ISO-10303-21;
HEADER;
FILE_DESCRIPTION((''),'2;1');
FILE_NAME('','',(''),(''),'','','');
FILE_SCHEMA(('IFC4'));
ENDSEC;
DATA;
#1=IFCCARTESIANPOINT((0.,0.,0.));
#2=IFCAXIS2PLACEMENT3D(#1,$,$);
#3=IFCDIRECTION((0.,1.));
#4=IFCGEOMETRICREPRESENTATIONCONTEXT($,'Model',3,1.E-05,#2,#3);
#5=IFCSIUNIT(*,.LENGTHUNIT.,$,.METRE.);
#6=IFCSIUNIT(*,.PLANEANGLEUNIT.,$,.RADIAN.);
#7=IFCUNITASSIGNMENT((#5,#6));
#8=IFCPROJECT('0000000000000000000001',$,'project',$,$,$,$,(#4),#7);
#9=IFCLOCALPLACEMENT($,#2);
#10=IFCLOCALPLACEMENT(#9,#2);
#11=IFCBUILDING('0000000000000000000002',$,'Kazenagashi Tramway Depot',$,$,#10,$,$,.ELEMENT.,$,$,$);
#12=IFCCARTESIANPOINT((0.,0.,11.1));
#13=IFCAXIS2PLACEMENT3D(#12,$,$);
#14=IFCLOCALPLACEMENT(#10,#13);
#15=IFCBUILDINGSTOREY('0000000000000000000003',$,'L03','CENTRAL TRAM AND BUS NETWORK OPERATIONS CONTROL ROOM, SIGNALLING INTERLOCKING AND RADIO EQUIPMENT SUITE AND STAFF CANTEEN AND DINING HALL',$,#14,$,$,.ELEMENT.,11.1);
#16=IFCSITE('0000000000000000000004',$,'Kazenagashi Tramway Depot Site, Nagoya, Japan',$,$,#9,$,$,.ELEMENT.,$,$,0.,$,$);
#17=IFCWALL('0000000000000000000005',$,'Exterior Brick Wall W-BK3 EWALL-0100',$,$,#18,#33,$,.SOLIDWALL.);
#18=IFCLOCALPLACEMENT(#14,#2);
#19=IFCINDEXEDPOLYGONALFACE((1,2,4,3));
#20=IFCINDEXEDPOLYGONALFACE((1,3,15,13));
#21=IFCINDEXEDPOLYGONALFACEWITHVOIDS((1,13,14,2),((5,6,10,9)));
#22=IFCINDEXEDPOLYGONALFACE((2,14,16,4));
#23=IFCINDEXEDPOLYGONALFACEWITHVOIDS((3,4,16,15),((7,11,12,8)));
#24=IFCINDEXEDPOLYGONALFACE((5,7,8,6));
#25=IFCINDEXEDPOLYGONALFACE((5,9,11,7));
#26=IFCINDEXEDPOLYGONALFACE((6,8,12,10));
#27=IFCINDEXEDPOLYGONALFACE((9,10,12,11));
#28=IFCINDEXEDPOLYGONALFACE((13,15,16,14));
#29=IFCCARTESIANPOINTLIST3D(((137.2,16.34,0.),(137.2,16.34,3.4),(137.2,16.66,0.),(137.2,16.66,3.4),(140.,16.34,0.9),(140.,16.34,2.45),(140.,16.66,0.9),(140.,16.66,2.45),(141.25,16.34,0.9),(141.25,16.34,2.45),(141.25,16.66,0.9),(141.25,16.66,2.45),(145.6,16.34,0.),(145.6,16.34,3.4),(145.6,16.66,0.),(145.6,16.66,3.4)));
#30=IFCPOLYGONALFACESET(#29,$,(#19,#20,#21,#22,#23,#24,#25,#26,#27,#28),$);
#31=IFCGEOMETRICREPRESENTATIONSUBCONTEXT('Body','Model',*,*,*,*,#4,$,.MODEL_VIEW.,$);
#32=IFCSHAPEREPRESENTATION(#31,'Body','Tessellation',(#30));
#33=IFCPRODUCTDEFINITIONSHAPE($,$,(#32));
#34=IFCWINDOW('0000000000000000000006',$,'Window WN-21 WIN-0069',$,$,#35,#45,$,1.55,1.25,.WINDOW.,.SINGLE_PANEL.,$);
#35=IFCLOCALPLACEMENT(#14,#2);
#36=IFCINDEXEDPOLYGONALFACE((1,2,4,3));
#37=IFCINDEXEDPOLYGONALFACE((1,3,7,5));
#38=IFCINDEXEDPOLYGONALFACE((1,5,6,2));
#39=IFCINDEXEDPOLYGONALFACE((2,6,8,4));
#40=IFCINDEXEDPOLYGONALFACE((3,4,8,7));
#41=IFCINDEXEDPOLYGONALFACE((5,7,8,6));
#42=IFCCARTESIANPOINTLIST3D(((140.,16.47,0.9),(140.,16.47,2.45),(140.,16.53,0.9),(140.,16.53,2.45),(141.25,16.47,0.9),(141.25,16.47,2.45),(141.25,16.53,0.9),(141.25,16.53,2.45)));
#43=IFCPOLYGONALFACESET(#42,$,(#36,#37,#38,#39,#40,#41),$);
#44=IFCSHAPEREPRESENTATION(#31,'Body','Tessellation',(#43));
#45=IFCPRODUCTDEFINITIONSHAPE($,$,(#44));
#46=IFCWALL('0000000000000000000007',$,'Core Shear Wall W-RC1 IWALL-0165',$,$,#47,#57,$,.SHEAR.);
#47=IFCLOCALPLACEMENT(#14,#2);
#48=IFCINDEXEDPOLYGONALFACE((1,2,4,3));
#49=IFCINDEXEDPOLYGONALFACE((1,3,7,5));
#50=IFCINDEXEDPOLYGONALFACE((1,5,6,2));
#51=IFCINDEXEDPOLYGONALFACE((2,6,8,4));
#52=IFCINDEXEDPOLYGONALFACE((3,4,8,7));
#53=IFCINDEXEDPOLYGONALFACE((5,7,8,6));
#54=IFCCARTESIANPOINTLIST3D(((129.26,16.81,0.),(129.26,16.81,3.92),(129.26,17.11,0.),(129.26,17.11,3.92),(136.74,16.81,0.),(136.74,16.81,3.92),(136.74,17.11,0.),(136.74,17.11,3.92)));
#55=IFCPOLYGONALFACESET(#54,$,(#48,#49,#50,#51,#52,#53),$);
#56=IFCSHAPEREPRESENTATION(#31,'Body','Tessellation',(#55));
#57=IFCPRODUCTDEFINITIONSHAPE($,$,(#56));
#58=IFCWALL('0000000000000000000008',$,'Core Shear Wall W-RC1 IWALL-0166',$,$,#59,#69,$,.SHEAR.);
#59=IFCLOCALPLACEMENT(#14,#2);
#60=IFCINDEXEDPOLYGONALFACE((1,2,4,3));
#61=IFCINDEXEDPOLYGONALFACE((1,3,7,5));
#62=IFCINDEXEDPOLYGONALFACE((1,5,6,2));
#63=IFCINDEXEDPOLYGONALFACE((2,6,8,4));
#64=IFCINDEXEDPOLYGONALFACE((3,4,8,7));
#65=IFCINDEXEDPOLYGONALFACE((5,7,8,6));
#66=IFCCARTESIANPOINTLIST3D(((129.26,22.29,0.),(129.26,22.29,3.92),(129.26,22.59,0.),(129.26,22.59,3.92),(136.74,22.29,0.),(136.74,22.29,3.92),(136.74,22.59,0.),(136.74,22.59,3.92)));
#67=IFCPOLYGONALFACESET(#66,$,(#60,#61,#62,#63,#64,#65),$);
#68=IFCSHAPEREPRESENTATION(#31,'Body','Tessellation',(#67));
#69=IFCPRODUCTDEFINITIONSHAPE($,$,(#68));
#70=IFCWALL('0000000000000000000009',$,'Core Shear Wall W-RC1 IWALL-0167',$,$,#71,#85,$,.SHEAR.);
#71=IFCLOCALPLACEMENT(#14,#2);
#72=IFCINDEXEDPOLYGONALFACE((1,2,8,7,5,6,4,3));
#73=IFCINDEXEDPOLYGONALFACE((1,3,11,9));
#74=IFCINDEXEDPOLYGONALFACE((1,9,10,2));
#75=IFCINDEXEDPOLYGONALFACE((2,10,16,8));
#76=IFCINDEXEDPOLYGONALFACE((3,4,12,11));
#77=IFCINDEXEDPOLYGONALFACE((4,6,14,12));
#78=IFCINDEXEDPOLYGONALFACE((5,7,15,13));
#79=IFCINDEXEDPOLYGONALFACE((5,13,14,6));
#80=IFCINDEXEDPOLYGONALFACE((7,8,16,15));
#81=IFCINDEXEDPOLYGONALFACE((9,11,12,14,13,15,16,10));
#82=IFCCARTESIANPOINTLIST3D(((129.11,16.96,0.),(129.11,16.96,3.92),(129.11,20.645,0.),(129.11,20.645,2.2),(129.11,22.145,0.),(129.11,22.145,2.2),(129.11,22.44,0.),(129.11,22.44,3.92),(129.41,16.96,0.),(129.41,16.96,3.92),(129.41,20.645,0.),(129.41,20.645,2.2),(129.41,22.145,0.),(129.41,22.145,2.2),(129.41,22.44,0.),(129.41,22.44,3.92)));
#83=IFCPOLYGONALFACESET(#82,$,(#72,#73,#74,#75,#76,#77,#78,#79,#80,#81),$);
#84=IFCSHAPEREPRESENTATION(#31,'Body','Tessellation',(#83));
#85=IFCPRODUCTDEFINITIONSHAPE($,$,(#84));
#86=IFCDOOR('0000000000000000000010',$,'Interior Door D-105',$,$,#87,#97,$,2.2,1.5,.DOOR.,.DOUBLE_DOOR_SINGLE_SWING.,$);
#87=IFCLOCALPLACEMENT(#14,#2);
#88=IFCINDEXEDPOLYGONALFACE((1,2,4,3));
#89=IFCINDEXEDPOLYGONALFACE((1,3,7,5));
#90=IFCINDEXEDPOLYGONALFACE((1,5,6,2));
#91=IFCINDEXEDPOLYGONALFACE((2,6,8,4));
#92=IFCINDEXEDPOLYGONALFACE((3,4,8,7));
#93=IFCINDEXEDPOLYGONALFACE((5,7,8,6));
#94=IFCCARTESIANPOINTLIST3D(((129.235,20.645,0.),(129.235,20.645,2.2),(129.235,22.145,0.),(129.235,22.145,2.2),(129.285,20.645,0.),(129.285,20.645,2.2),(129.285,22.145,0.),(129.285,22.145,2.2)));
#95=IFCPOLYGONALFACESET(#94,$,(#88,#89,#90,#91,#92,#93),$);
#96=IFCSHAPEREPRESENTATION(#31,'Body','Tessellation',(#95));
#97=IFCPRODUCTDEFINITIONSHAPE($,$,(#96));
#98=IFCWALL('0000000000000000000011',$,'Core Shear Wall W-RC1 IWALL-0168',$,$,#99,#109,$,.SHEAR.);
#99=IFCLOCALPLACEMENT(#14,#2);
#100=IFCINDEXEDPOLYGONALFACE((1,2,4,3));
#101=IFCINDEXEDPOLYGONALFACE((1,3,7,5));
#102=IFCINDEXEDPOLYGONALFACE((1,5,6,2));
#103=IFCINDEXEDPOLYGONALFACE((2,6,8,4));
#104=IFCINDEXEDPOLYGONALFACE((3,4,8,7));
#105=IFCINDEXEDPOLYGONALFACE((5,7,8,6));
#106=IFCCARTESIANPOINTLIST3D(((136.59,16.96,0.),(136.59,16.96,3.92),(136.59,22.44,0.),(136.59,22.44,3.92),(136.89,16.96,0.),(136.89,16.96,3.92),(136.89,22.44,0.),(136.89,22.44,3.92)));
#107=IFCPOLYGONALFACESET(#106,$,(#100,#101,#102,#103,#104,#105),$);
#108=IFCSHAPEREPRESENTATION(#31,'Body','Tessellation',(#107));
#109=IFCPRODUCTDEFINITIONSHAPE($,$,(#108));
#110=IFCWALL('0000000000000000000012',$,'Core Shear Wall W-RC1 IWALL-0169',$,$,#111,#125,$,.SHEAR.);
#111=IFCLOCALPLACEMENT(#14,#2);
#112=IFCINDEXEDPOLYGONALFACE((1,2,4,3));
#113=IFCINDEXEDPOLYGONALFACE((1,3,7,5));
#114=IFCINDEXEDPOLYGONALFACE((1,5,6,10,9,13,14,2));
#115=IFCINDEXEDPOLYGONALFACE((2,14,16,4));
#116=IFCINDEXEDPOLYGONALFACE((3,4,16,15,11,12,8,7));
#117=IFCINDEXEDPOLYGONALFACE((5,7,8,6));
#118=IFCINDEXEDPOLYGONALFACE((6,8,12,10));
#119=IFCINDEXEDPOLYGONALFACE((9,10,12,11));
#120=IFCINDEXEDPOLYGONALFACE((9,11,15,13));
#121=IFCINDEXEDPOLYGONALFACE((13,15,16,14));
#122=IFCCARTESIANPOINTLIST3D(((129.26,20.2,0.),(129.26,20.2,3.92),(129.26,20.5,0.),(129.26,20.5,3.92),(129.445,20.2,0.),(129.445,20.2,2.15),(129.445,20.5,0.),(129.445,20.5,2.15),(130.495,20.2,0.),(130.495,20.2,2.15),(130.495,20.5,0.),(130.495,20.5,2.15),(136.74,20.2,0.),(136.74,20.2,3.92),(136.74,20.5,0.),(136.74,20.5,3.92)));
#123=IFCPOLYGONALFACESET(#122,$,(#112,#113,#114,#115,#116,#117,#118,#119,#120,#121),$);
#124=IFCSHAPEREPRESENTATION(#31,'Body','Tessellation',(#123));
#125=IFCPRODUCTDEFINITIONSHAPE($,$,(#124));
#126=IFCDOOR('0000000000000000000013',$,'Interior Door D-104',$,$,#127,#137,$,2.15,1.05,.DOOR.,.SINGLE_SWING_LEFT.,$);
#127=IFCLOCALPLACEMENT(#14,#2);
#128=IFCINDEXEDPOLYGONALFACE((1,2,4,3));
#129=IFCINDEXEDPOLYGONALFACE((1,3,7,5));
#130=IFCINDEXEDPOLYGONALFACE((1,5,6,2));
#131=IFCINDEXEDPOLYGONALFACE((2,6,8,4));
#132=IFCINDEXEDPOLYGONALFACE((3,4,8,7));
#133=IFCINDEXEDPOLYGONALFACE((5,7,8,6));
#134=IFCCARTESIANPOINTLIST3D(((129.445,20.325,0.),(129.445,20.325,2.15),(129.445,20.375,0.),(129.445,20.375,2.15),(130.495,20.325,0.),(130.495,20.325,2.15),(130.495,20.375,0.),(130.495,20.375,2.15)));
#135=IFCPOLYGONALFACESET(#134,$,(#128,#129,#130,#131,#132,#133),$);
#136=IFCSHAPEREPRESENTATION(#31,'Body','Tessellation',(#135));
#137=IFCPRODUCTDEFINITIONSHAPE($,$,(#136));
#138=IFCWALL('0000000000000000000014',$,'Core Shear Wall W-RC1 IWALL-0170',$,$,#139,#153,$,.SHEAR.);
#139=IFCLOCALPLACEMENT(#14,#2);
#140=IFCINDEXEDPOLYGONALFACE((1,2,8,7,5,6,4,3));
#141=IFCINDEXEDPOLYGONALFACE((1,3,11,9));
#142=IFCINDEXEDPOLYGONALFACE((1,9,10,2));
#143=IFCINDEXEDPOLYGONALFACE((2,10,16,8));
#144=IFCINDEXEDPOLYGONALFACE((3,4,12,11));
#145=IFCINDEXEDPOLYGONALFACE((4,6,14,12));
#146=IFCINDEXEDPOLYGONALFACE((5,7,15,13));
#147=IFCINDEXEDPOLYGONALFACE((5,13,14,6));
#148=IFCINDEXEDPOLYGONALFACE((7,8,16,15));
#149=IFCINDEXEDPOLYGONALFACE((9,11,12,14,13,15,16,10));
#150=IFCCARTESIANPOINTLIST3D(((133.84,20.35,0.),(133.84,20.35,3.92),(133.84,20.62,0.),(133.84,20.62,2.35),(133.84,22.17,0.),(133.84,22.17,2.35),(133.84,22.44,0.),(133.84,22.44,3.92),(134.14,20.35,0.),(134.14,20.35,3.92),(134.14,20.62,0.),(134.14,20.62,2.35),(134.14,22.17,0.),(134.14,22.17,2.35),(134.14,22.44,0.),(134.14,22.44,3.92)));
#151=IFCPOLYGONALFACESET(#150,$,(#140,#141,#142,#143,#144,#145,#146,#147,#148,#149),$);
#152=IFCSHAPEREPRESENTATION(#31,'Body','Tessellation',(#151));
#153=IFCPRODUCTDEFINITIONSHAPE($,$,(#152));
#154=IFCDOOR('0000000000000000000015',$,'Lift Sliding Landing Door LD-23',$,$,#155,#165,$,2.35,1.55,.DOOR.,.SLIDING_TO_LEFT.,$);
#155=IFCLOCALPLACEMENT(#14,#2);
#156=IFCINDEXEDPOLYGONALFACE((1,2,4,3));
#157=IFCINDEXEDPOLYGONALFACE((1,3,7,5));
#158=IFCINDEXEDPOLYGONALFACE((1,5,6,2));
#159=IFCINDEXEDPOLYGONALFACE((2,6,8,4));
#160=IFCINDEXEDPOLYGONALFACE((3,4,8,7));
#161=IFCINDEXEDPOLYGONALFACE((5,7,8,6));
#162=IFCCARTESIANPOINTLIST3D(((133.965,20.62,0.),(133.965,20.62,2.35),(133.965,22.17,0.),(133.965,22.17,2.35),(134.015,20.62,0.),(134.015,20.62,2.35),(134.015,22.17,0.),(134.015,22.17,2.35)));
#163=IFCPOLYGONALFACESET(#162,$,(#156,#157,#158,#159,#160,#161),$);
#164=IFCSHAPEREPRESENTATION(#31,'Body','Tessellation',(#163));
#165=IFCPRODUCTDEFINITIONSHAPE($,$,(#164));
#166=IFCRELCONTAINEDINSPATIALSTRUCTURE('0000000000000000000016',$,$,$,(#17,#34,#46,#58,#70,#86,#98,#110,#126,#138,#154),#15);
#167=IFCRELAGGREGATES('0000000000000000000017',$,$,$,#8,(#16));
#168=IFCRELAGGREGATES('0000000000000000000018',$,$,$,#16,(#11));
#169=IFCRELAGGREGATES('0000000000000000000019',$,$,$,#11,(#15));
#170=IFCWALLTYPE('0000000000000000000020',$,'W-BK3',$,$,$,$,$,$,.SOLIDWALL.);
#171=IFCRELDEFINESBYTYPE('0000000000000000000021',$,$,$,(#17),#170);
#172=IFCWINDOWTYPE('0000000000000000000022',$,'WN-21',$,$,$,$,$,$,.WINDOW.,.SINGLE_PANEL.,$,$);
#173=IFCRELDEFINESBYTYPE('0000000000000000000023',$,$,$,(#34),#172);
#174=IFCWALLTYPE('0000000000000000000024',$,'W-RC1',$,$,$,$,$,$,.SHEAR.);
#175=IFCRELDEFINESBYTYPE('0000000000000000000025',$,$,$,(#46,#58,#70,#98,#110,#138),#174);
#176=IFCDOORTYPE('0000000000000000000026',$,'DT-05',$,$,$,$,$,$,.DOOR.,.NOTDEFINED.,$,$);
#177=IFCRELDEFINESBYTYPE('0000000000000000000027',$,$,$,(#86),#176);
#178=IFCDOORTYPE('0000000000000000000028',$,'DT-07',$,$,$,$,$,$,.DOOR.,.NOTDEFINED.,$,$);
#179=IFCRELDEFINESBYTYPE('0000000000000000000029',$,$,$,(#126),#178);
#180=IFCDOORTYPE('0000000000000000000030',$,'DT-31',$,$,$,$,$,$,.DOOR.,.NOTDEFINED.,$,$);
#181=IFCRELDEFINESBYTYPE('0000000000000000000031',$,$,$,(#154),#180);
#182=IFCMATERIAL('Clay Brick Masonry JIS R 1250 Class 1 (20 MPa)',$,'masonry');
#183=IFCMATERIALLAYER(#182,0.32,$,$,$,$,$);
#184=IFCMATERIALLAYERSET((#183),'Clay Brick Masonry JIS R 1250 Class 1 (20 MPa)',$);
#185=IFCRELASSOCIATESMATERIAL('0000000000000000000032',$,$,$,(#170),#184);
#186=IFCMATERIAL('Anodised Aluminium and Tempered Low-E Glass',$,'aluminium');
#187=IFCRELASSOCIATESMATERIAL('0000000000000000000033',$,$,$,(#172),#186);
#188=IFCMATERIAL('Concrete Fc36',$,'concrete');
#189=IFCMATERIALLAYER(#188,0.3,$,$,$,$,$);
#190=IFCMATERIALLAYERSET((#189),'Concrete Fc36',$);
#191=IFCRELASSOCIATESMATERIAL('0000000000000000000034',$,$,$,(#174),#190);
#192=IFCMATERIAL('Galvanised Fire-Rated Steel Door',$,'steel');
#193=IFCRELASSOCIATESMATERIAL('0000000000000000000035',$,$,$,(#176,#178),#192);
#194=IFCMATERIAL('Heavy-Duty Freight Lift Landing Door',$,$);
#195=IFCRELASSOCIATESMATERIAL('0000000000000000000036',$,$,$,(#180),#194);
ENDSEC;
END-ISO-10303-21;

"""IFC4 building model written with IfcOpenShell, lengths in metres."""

from ifc_helpers import new_model, si_unit, direction, frame, frame_2d, origin, place, context, subcontext, project, spatial, rectangle, extrude, material, layer, layer_set, type_object, element, fill, save


model = new_model("IFC4")

# Units and contexts
model_context = context("Model", 3, precision=1e-05, world=origin(), true_north=direction((0.0, 1.0)))
body_context = subcontext(model_context, "Body", "Model", "MODEL_VIEW")
ifc_project = project(units=[si_unit("LENGTHUNIT", "METRE"), si_unit("PLANEANGLEUNIT", "RADIAN")], contexts=[model_context])

# Site, building, storey
site_placement = place(None, origin())
site = spatial("IfcSite", under=ifc_project, at=site_placement, Name="Kazenagashi Tramway Depot Site, Nagoya, Japan", CompositionType="ELEMENT", RefElevation=0.0)
building_placement = place(site_placement, origin())
building = spatial("IfcBuilding", under=site, at=building_placement, Name="Kazenagashi Tramway Depot", CompositionType="ELEMENT")
storey_placement = place(building_placement, frame((0.0, 0.0, 11.1)))
storey = spatial("IfcBuildingStorey", under=building, at=storey_placement, Name="L03", Description="CENTRAL TRAM AND BUS NETWORK OPERATIONS CONTROL ROOM, SIGNALLING INTERLOCKING AND RADIO EQUIPMENT SUITE AND STAFF CANTEEN AND DINING HALL", CompositionType="ELEMENT", Elevation=11.1)

# Wall, opening, window
ifc_material_1 = material(Name="Clay Brick Masonry JIS R 1250 Class 1 (20 MPa)", Category="masonry")
ifc_layer_1 = layer(ifc_material_1, 0.32)
ifc_layer_set_1 = layer_set([ifc_layer_1], Name="Clay Brick Masonry JIS R 1250 Class 1 (20 MPa)")
wall_type_1 = type_object("IfcWallType", Name="W-BK3", PredefinedType="SOLIDWALL", material=ifc_layer_set_1)
wall_1_placement = place(storey_placement, frame((137.2, 16.5, 0.0), z_axis=(0.0, 0.0, 1.0), x_axis=(1.0, 0.0, 0.0)))
wall_1 = element("IfcWall", 1, at=wall_1_placement, inside=storey, type_object=wall_type_1, Name="Exterior Brick Wall W-BK3 EWALL-0100", PredefinedType="SOLIDWALL", context=body_context, shape_type="SweptSolid", body=[
    extrude(rectangle(XDim=8.4, YDim=0.32, at=frame_2d((4.2, 0.0))), origin(), (0.0, 0.0, 1.0), 3.4),
])
opening_1_placement = place(wall_1_placement, frame((2.8, 0.0, 0.9)))
opening_1 = element("IfcOpeningElement", 2, at=opening_1_placement, cuts=wall_1, PredefinedType="OPENING", context=body_context, shape_type="SweptSolid", body=[
    extrude(rectangle(XDim=1.25, YDim=1.55, at=frame_2d((0.625, 0.775))), frame((0.0, 0.17, 0.0), z_axis=(0.0, -1.0, 0.0), x_axis=(1.0, 0.0, 0.0)), (0.0, 0.0, 1.0), 0.34),
])
ifc_material_2 = material(Name="Anodised Aluminium and Tempered Low-E Glass", Category="aluminium")
window_type = type_object("IfcWindowType", Name="WN-21", PartitioningType="SINGLE_PANEL", PredefinedType="WINDOW", material=ifc_material_2)
window_placement = place(opening_1_placement, origin())
window = element("IfcWindow", 3, at=window_placement, inside=storey, type_object=window_type, Name="Window WN-21 WIN-0069", OverallHeight=1.55, OverallWidth=1.25, PartitioningType="SINGLE_PANEL", PredefinedType="WINDOW", context=body_context, shape_type="SweptSolid", body=[
    extrude(rectangle(XDim=1.25, YDim=1.55, at=frame_2d((0.625, 0.775))), frame((0.0, 0.03, 0.0), z_axis=(0.0, -1.0, 0.0), x_axis=(1.0, 0.0, 0.0)), (0.0, 0.0, 1.0), 0.06),
])
fill(opening_1, window)

# Walls
ifc_material_3 = material(Name="Concrete Fc36", Category="concrete")
ifc_layer_2 = layer(ifc_material_3, 0.3)
ifc_layer_set_2 = layer_set([ifc_layer_2], Name="Concrete Fc36")
wall_type_2 = type_object("IfcWallType", Name="W-RC1", PredefinedType="SHEAR", material=ifc_layer_set_2)
for number, where, z_axis, x_axis, name in (
    (4, (129.26, 16.96, 0.0), (0.0, 0.0, 1.0), (1.0, 0.0, 0.0), "Core Shear Wall W-RC1 IWALL-0165"),
    (5, (129.26, 22.44, 0.0), (0.0, 0.0, 1.0), (1.0, 0.0, 0.0), "Core Shear Wall W-RC1 IWALL-0166"),
):
    element("IfcWall", number, at=place(storey_placement, frame(where, z_axis=z_axis, x_axis=x_axis)), inside=storey, type_object=wall_type_2, Name=name, PredefinedType="SHEAR", context=body_context, shape_type="SweptSolid", body=[
        extrude(rectangle(XDim=7.48, YDim=0.3, at=frame_2d((3.74, 0.0))), origin(), (0.0, 0.0, 1.0), 3.92),
    ])

# Wall, opening, door
wall_2_placement = place(storey_placement, frame((129.26, 16.96, 0.0), z_axis=(0.0, 0.0, 1.0), x_axis=(0.0, 1.0, 0.0)))
wall_2 = element("IfcWall", 6, at=wall_2_placement, inside=storey, type_object=wall_type_2, Name="Core Shear Wall W-RC1 IWALL-0167", PredefinedType="SHEAR", context=body_context, shape_type="SweptSolid", body=[
    extrude(rectangle(XDim=5.48, YDim=0.3, at=frame_2d((2.74, 0.0))), origin(), (0.0, 0.0, 1.0), 3.92),
])
opening_2_placement = place(wall_2_placement, frame((3.685, 0.0, 0.0)))
opening_2 = element("IfcOpeningElement", 7, at=opening_2_placement, cuts=wall_2, PredefinedType="OPENING", context=body_context, shape_type="SweptSolid", body=[
    extrude(rectangle(XDim=1.5, YDim=2.2, at=frame_2d((0.75, 1.1))), frame((0.0, 0.16, 0.0), z_axis=(0.0, -1.0, 0.0), x_axis=(1.0, 0.0, 0.0)), (0.0, 0.0, 1.0), 0.32),
])
ifc_material_4 = material(Name="Galvanised Fire-Rated Steel Door", Category="steel")
door_type_1 = type_object("IfcDoorType", Name="DT-05", OperationType="NOTDEFINED", PredefinedType="DOOR", material=ifc_material_4)
door_1_placement = place(opening_2_placement, origin())
door_1 = element("IfcDoor", 8, at=door_1_placement, inside=storey, type_object=door_type_1, Name="Interior Door D-105", OperationType="DOUBLE_DOOR_SINGLE_SWING", OverallHeight=2.2, OverallWidth=1.5, PredefinedType="DOOR", context=body_context, shape_type="SweptSolid", body=[
    extrude(rectangle(XDim=1.5, YDim=2.2, at=frame_2d((0.75, 1.1))), frame((0.0, 0.025, 0.0), z_axis=(0.0, -1.0, 0.0), x_axis=(1.0, 0.0, 0.0)), (0.0, 0.0, 1.0), 0.05),
])
fill(opening_2, door_1)

# Wall
wall_3_placement = place(storey_placement, frame((136.74, 16.96, 0.0), z_axis=(0.0, 0.0, 1.0), x_axis=(0.0, 1.0, 0.0)))
element("IfcWall", 9, at=wall_3_placement, inside=storey, type_object=wall_type_2, Name="Core Shear Wall W-RC1 IWALL-0168", PredefinedType="SHEAR", context=body_context, shape_type="SweptSolid", body=[
    extrude(rectangle(XDim=5.48, YDim=0.3, at=frame_2d((2.74, 0.0))), origin(), (0.0, 0.0, 1.0), 3.92),
])

# Walls, openings, doors
wall_4_placement = place(storey_placement, frame((129.26, 20.35, 0.0), z_axis=(0.0, 0.0, 1.0), x_axis=(1.0, 0.0, 0.0)))
wall_4 = element("IfcWall", 10, at=wall_4_placement, inside=storey, type_object=wall_type_2, Name="Core Shear Wall W-RC1 IWALL-0169", PredefinedType="SHEAR", context=body_context, shape_type="SweptSolid", body=[
    extrude(rectangle(XDim=7.48, YDim=0.3, at=frame_2d((3.74, 0.0))), origin(), (0.0, 0.0, 1.0), 3.92),
])
opening_3_placement = place(wall_4_placement, frame((0.185, 0.0, 0.0)))
opening_3 = element("IfcOpeningElement", 11, at=opening_3_placement, cuts=wall_4, PredefinedType="OPENING", context=body_context, shape_type="SweptSolid", body=[
    extrude(rectangle(XDim=1.05, YDim=2.15, at=frame_2d((0.525, 1.075))), frame((0.0, 0.16, 0.0), z_axis=(0.0, -1.0, 0.0), x_axis=(1.0, 0.0, 0.0)), (0.0, 0.0, 1.0), 0.32),
])
door_type_2 = type_object("IfcDoorType", Name="DT-07", OperationType="NOTDEFINED", PredefinedType="DOOR", material=ifc_material_4)
door_2_placement = place(opening_3_placement, origin())
door_2 = element("IfcDoor", 12, at=door_2_placement, inside=storey, type_object=door_type_2, Name="Interior Door D-104", OperationType="SINGLE_SWING_LEFT", OverallHeight=2.15, OverallWidth=1.05, PredefinedType="DOOR", context=body_context, shape_type="SweptSolid", body=[
    extrude(rectangle(XDim=1.05, YDim=2.15, at=frame_2d((0.525, 1.075))), frame((0.0, 0.025, 0.0), z_axis=(0.0, -1.0, 0.0), x_axis=(1.0, 0.0, 0.0)), (0.0, 0.0, 1.0), 0.05),
])
fill(opening_3, door_2)
wall_5_placement = place(storey_placement, frame((133.99, 20.35, 0.0), z_axis=(0.0, 0.0, 1.0), x_axis=(0.0, 1.0, 0.0)))
wall_5 = element("IfcWall", 13, at=wall_5_placement, inside=storey, type_object=wall_type_2, Name="Core Shear Wall W-RC1 IWALL-0170", PredefinedType="SHEAR", context=body_context, shape_type="SweptSolid", body=[
    extrude(rectangle(XDim=2.09, YDim=0.3, at=frame_2d((1.045, 0.0))), origin(), (0.0, 0.0, 1.0), 3.92),
])
opening_4_placement = place(wall_5_placement, frame((0.27, 0.0, 0.0)))
opening_4 = element("IfcOpeningElement", 14, at=opening_4_placement, cuts=wall_5, PredefinedType="OPENING", context=body_context, shape_type="SweptSolid", body=[
    extrude(rectangle(XDim=1.55, YDim=2.35, at=frame_2d((0.775, 1.175))), frame((0.0, 0.16, 0.0), z_axis=(0.0, -1.0, 0.0), x_axis=(1.0, 0.0, 0.0)), (0.0, 0.0, 1.0), 0.32),
])
ifc_material_5 = material(Name="Heavy-Duty Freight Lift Landing Door")
door_type_3 = type_object("IfcDoorType", Name="DT-31", OperationType="NOTDEFINED", PredefinedType="DOOR", material=ifc_material_5)
door_3_placement = place(opening_4_placement, origin())
door_3 = element("IfcDoor", 15, at=door_3_placement, inside=storey, type_object=door_type_3, Name="Lift Sliding Landing Door LD-23", OperationType="SLIDING_TO_LEFT", OverallHeight=2.35, OverallWidth=1.55, PredefinedType="DOOR", context=body_context, shape_type="SweptSolid", body=[
    extrude(rectangle(XDim=1.55, YDim=2.35, at=frame_2d((0.775, 1.175))), frame((0.0, 0.025, 0.0), z_axis=(0.0, -1.0, 0.0), x_axis=(1.0, 0.0, 0.0)), (0.0, 0.0, 1.0), 0.05),
])
fill(opening_4, door_3)

save(model, "model.ifc")
